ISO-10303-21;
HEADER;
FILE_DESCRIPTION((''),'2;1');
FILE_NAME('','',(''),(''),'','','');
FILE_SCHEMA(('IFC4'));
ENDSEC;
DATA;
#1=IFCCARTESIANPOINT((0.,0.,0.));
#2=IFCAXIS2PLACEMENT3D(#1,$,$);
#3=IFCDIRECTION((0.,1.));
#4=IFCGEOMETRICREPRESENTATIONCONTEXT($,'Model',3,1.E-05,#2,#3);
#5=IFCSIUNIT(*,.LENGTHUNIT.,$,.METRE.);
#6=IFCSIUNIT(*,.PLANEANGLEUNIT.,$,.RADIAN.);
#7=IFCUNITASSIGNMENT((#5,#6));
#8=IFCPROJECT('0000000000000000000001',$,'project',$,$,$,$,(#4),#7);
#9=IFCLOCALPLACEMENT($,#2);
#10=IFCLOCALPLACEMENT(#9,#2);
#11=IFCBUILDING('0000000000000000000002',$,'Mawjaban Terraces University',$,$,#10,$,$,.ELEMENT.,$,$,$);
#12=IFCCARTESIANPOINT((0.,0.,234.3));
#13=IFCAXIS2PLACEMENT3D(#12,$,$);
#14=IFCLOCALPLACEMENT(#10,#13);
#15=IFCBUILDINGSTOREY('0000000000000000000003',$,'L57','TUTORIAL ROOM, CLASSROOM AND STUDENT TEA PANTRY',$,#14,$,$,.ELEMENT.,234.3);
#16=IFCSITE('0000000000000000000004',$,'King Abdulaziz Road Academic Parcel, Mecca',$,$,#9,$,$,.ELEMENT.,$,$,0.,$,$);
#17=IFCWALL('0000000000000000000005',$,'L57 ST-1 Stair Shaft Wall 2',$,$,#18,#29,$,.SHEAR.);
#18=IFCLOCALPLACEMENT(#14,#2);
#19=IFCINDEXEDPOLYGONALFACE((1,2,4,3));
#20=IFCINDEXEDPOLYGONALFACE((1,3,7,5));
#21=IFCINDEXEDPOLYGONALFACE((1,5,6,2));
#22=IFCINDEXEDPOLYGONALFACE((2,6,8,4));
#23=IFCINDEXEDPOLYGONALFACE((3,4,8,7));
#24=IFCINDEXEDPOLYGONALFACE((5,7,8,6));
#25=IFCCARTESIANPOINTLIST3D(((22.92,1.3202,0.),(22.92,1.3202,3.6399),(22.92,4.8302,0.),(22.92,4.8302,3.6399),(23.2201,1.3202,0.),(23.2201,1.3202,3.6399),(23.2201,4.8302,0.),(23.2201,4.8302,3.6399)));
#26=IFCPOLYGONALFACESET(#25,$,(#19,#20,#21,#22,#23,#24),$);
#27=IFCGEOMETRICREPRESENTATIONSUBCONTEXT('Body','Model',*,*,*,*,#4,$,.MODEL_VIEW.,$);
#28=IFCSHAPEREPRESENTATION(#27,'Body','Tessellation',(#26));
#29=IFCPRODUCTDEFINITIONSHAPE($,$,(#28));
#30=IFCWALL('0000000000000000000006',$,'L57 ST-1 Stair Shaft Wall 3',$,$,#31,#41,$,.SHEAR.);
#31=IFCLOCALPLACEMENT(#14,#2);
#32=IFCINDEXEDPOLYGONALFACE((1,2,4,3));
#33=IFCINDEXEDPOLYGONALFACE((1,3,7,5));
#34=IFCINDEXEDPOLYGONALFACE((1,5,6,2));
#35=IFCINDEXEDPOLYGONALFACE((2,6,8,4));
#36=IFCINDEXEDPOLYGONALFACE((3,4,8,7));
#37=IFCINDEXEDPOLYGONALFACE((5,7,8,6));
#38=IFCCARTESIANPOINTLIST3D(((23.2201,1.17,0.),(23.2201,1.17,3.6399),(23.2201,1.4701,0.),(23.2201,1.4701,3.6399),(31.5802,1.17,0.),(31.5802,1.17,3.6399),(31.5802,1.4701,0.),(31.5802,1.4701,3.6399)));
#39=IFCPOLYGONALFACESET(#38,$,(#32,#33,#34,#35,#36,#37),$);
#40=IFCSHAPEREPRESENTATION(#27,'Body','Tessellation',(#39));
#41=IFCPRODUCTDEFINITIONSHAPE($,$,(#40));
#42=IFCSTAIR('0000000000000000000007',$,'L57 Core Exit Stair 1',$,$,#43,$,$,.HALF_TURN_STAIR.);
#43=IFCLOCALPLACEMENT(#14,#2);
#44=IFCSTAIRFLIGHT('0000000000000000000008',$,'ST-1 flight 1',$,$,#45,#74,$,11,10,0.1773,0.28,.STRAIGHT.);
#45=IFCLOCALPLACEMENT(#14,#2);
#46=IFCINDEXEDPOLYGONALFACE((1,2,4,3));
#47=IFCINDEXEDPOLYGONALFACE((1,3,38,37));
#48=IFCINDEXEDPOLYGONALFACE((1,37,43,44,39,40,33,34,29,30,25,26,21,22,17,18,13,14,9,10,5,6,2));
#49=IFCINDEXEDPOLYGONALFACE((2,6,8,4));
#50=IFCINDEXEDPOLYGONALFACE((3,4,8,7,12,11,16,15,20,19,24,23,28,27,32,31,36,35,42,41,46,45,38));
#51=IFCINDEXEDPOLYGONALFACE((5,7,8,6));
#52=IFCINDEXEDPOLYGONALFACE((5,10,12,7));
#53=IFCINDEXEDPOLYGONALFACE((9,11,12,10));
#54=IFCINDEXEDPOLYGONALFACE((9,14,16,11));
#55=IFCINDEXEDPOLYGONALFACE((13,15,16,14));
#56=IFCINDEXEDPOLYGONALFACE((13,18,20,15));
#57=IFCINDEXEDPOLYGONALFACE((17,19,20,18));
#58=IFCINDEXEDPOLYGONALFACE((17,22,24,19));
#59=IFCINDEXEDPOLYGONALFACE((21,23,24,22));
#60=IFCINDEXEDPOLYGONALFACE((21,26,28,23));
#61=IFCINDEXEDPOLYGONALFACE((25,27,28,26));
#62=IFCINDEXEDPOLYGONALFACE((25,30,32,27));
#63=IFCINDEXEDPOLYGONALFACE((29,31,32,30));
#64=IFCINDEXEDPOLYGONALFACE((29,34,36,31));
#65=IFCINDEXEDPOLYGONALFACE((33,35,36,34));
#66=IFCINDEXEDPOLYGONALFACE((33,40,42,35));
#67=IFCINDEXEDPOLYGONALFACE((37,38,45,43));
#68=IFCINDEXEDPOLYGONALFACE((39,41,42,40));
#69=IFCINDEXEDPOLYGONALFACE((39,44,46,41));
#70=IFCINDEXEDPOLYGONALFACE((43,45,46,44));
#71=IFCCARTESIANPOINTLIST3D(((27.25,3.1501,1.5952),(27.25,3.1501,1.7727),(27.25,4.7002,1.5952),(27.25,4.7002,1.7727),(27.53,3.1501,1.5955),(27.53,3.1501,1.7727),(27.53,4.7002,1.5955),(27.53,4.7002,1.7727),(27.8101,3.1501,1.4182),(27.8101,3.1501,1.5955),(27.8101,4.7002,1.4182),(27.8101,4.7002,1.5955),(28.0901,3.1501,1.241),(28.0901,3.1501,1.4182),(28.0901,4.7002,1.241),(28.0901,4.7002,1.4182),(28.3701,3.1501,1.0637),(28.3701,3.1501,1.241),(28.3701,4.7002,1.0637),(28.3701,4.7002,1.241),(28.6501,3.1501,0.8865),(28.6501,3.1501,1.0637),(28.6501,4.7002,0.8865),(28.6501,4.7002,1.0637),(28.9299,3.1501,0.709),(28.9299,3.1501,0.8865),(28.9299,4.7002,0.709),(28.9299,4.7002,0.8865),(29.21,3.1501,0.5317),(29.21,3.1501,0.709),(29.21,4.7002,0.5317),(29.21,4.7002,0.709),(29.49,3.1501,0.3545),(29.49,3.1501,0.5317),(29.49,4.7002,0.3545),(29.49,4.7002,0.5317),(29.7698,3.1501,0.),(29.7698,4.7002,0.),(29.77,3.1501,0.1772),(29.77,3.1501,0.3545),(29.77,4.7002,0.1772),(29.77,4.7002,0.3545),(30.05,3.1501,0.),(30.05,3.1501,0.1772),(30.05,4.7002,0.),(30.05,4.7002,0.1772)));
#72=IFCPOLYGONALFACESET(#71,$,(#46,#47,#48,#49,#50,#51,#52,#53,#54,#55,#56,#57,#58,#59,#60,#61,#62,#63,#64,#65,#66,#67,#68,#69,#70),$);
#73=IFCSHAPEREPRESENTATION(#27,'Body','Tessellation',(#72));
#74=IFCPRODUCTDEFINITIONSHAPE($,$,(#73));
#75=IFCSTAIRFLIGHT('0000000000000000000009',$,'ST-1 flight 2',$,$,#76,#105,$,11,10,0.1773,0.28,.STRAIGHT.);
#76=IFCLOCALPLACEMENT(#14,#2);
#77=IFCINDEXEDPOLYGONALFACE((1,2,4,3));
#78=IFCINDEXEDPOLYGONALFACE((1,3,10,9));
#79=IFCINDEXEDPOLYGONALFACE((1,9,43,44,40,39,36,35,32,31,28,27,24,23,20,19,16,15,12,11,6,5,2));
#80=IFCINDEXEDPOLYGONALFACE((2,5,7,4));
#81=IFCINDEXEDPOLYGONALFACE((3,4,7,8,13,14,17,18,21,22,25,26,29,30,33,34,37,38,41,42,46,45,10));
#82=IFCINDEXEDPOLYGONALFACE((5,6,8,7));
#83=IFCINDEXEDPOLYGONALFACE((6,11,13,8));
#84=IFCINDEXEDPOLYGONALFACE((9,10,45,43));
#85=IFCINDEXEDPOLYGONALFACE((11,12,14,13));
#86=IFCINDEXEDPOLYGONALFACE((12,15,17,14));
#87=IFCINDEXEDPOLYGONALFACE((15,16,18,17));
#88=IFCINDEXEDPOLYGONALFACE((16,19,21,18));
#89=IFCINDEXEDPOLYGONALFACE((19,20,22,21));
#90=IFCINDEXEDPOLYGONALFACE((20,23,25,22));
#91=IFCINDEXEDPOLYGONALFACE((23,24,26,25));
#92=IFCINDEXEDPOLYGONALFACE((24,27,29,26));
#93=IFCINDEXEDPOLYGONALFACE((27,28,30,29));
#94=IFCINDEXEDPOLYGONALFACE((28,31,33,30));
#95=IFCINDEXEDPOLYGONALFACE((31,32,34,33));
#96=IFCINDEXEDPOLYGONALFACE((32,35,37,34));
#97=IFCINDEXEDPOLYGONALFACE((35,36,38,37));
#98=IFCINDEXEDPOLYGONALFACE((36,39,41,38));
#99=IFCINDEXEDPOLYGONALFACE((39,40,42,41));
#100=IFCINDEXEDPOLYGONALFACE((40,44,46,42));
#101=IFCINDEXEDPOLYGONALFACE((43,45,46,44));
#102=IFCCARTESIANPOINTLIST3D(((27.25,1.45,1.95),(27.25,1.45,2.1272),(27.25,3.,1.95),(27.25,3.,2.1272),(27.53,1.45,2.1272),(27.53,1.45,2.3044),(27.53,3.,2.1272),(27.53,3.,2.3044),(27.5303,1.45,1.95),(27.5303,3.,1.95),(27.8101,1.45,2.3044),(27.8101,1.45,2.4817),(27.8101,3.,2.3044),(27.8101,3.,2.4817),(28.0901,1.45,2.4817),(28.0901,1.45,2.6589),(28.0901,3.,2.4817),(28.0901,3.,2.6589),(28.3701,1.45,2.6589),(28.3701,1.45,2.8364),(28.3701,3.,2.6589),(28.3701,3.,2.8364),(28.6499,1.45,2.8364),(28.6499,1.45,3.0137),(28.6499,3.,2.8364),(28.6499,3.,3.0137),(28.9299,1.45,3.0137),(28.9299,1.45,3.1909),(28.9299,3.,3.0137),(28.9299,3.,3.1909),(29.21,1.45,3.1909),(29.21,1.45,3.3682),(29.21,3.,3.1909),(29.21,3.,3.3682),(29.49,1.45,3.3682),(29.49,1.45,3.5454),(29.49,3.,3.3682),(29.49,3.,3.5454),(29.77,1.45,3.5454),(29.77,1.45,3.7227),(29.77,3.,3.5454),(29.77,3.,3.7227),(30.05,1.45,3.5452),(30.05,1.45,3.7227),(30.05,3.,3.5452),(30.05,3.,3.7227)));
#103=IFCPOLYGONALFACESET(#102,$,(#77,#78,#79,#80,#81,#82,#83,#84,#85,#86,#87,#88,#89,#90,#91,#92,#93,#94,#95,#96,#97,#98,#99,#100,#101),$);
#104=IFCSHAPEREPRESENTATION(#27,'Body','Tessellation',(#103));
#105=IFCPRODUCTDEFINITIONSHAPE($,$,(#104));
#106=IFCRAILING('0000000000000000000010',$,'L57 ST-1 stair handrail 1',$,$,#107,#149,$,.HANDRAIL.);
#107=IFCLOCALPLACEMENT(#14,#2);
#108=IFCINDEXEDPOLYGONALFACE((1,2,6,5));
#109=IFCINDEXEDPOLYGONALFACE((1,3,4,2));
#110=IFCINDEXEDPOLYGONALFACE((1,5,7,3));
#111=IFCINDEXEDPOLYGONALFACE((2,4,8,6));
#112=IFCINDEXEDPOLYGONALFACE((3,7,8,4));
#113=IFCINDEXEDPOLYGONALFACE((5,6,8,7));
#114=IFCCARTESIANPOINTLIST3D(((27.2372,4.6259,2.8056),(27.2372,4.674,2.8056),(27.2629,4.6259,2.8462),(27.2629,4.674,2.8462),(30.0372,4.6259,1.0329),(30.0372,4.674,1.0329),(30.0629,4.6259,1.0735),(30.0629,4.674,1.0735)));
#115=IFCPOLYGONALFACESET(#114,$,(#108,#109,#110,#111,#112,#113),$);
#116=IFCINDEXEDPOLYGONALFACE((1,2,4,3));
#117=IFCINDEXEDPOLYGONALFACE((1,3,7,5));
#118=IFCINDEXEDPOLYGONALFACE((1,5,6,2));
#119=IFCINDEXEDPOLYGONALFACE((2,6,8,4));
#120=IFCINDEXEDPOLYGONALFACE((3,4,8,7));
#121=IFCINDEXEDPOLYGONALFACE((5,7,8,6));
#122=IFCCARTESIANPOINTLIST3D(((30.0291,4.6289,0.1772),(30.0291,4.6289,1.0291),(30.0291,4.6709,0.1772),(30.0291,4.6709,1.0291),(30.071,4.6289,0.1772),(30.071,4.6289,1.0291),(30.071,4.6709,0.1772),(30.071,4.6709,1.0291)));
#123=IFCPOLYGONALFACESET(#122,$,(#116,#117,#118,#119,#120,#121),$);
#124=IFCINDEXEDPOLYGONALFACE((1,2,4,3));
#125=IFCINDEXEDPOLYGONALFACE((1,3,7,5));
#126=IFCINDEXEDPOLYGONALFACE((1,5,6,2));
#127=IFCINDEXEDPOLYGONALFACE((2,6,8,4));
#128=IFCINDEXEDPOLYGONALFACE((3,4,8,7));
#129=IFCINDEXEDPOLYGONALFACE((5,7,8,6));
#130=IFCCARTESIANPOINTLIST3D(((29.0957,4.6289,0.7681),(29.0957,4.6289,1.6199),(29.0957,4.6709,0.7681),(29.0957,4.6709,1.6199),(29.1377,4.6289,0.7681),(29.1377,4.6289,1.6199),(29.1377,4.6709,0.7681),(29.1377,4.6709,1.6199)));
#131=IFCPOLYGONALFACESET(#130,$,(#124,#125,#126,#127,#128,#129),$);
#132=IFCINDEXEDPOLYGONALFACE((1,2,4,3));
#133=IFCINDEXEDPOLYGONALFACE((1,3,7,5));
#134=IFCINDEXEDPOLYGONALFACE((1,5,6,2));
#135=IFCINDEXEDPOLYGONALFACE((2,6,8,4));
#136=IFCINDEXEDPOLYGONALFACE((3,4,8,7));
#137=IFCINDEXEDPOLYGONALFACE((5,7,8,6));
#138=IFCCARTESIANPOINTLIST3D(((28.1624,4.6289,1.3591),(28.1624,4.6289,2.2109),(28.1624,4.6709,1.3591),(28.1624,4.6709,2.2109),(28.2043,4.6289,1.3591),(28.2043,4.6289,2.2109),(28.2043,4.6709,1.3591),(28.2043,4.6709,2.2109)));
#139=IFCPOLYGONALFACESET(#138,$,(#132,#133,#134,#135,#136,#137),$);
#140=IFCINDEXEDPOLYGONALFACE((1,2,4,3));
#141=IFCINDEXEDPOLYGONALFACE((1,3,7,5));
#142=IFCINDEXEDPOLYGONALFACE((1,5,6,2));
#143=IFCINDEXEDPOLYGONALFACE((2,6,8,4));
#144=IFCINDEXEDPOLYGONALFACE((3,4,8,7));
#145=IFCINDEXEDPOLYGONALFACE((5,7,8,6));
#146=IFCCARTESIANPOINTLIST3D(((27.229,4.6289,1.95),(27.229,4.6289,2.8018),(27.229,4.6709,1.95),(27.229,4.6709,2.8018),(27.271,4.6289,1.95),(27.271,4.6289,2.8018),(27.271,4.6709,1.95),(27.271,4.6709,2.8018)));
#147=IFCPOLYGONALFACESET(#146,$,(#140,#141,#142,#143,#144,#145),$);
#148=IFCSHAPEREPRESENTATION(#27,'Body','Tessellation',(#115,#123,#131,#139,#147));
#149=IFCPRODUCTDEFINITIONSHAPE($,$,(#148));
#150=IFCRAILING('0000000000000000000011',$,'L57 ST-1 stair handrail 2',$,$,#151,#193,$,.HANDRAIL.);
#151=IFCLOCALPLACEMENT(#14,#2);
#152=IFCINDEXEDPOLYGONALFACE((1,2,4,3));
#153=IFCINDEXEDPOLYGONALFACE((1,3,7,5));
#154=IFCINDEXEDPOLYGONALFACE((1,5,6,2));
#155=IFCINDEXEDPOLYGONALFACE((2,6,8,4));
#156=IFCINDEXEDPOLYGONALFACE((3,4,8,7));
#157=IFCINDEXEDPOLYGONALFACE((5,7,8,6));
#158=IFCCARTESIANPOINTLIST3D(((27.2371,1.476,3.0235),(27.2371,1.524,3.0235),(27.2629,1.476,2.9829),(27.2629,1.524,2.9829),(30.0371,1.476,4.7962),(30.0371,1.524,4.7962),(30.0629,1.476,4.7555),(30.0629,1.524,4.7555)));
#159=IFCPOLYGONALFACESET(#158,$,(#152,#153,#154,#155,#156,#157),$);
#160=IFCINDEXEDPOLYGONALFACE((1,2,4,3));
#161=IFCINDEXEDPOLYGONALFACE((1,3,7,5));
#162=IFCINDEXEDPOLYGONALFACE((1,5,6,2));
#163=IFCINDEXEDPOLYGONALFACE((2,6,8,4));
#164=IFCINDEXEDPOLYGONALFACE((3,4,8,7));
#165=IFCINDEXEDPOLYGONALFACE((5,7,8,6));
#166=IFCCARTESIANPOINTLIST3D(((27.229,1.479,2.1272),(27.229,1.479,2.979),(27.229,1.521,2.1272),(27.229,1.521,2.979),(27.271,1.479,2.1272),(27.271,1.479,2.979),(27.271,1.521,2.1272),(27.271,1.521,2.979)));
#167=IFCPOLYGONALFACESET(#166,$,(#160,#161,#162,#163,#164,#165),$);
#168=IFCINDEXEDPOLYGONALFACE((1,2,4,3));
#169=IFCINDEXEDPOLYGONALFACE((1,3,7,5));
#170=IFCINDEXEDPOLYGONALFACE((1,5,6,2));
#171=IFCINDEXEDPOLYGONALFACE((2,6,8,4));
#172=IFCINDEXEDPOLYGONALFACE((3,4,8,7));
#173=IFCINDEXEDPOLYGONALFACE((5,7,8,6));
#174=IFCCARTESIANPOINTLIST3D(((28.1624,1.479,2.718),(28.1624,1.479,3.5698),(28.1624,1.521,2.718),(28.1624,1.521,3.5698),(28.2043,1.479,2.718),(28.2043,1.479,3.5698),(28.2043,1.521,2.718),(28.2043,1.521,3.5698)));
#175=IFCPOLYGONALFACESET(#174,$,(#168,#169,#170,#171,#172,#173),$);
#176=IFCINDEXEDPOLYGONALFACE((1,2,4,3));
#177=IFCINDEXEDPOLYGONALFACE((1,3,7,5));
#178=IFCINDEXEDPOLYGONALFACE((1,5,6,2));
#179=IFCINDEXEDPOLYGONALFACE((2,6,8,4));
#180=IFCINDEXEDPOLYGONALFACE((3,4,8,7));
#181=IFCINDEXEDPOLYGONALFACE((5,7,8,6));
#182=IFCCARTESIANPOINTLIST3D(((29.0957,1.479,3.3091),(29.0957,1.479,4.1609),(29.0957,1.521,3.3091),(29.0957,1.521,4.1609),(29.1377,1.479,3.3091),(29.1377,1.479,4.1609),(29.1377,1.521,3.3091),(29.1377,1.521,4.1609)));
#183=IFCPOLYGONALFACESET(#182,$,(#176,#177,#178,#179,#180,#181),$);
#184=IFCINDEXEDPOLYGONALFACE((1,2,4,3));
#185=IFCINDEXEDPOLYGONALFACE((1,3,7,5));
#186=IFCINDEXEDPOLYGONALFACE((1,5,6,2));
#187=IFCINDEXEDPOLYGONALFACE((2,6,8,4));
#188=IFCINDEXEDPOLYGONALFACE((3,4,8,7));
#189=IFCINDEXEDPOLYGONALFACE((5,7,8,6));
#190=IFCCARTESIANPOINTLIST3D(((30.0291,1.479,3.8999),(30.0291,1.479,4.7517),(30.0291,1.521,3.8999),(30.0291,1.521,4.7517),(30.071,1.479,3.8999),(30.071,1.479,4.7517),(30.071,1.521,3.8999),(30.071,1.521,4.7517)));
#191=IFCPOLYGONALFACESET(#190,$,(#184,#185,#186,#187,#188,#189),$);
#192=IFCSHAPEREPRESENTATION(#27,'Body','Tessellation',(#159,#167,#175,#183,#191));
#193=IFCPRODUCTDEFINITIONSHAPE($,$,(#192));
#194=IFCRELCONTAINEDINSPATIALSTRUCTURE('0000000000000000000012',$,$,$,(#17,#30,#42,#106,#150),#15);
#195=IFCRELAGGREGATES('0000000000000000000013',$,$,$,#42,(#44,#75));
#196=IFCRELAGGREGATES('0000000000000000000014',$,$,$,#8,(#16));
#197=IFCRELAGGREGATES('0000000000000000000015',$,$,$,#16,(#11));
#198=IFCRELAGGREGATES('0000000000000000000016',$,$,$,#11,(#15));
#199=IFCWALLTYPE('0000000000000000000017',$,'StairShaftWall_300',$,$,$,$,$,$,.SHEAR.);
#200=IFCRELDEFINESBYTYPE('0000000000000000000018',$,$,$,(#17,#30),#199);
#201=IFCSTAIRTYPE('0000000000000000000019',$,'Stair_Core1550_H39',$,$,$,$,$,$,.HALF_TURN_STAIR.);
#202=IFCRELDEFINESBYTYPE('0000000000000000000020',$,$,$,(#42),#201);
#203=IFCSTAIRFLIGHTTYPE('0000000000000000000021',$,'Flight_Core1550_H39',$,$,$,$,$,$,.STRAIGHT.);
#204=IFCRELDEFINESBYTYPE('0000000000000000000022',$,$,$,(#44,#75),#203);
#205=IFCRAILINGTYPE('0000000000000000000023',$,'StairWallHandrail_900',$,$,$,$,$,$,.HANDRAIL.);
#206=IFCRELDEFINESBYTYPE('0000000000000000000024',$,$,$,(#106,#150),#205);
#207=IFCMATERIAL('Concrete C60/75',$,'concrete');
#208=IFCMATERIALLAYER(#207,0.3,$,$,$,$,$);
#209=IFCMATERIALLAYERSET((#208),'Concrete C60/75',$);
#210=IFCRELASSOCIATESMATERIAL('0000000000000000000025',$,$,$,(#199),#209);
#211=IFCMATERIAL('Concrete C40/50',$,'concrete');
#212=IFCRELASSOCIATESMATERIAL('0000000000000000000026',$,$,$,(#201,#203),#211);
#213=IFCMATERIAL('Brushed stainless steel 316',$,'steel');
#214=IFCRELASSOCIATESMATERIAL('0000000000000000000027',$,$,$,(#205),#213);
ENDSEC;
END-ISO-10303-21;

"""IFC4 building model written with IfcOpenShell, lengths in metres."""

from ifc_helpers import new_model, si_unit, direction, frame, frame_2d, origin, origin_2d, place, context, subcontext, project, spatial, polyline, rectangle, outline, extrude, material, layer, layer_set, type_object, element, aggregate, save


model = new_model("IFC4")

# Units and contexts
model_context = context("Model", 3, precision=1e-05, world=origin(), true_north=direction((0.0, 1.0)))
body_context = subcontext(model_context, "Body", "Model", "MODEL_VIEW")
ifc_project = project(units=[si_unit("LENGTHUNIT", "METRE"), si_unit("PLANEANGLEUNIT", "RADIAN")], contexts=[model_context])

# Site, building, storey
site_placement = place(None, origin())
site = spatial("IfcSite", under=ifc_project, at=site_placement, Name="King Abdulaziz Road Academic Parcel, Mecca", CompositionType="ELEMENT", RefElevation=0.0)
building_placement = place(site_placement, origin())
building = spatial("IfcBuilding", under=site, at=building_placement, Name="Mawjaban Terraces University", CompositionType="ELEMENT")
storey_placement = place(building_placement, frame((0.0, 0.0, 234.3)))
storey = spatial("IfcBuildingStorey", under=building, at=storey_placement, Name="L57", Description="TUTORIAL ROOM, CLASSROOM AND STUDENT TEA PANTRY", CompositionType="ELEMENT", Elevation=234.3)

# Shared definitions
ifc_material_1 = material(Name="Concrete C60/75", Category="concrete")

# Walls
ifc_material_2 = material(Name="Concrete C40/50", Category="concrete")
ifc_layer_1 = layer(ifc_material_1, 0.3)
ifc_layer_set_1 = layer_set([ifc_layer_1], Name="Concrete C60/75")
wall_type_1 = type_object("IfcWallType", Name="StairShaftWall_300", PredefinedType="SHEAR", material=ifc_layer_set_1)
wall_1_placement = place(storey_placement, frame((23.0701, 4.8301, 0.0), z_axis=(0.0, 0.0, 1.0), x_axis=(0.0, -1.0, 0.0)))
element("IfcWall", 1, at=wall_1_placement, inside=storey, type_object=wall_type_1, Name="L57 ST-1 Stair Shaft Wall 2", PredefinedType="SHEAR", context=body_context, shape_type="SweptSolid", body=[
    extrude(rectangle(XDim=3.51, YDim=0.3, at=frame_2d((1.7549, 0.0))), origin(), (0.0, 0.0, 1.0), 3.6399),
])
wall_2_placement = place(storey_placement, frame((23.22, 1.3201, 0.0), z_axis=(0.0, 0.0, 1.0), x_axis=(1.0, 0.0, 0.0)))
element("IfcWall", 2, at=wall_2_placement, inside=storey, type_object=wall_type_1, Name="L57 ST-1 Stair Shaft Wall 3", PredefinedType="SHEAR", context=body_context, shape_type="SweptSolid", body=[
    extrude(rectangle(XDim=8.3601, YDim=0.3, at=frame_2d((4.1802, 0.0))), origin(), (0.0, 0.0, 1.0), 3.6399),
])

# Stair, stair flights
stair_type = type_object("IfcStairType", Name="Stair_Core1550_H39", PredefinedType="HALF_TURN_STAIR", material=ifc_material_2)
stair_placement = place(storey_placement, origin())
stair = element("IfcStair", 3, at=stair_placement, inside=storey, type_object=stair_type, Name="L57 Core Exit Stair 1", PredefinedType="HALF_TURN_STAIR")
stair_flight_type = type_object("IfcStairFlightType", Name="Flight_Core1550_H39", PredefinedType="STRAIGHT", material=ifc_material_2)
stair_flight_1_placement = place(storey_placement, frame((30.05, 3.925, 0.0), z_axis=(0.0, 0.0, 1.0), x_axis=(-1.0, 0.0, 0.0)))
stair_flight_1 = element("IfcStairFlight", 4, at=stair_flight_1_placement, type_object=stair_flight_type, Name="ST-1 flight 1", NumberOfRisers=11, NumberOfTreads=10, PredefinedType="STRAIGHT", RiserHeight=0.1773, TreadLength=0.28, context=body_context, shape_type="SweptSolid", body=[
    extrude(outline(polyline([(0.0, 0.0), (0.0, 0.1772), (0.28, 0.1772), (0.28, 0.3545), (0.5601, 0.3545), (0.5601, 0.5317), (0.8401, 0.5317), (0.8401, 0.709), (1.1201, 0.709), (1.1201, 0.8865), (1.3999, 0.8865), (1.3999, 1.0637), (1.6799, 1.0637), (1.6799, 1.241), (1.96, 1.241), (1.96, 1.4182), (2.24, 1.4182), (2.24, 1.5955), (2.52, 1.5955), (2.52, 1.7727), (2.8, 1.7727), (2.8, 1.95), (2.8, 1.5952), (0.2803, 0.0), (0.0, 0.0)])), frame((0.0, 0.7749, 0.0), z_axis=(0.0, -1.0, 0.0), x_axis=(1.0, 0.0, 0.0)), (0.0, 0.0, 1.0), 1.55),
])
stair_flight_2_placement = place(storey_placement, frame((27.25, 2.2251, 1.95), z_axis=(0.0, 0.0, 1.0), x_axis=(1.0, 0.0, 0.0)))
stair_flight_2 = element("IfcStairFlight", 5, at=stair_flight_2_placement, type_object=stair_flight_type, Name="ST-1 flight 2", NumberOfRisers=11, NumberOfTreads=10, PredefinedType="STRAIGHT", RiserHeight=0.1773, TreadLength=0.28, context=body_context, shape_type="SweptSolid", body=[
    extrude(outline(polyline([(0.0, 0.0), (0.0, 0.1772), (0.28, 0.1772), (0.28, 0.3545), (0.5601, 0.3545), (0.5601, 0.5317), (0.8401, 0.5317), (0.8401, 0.709), (1.1201, 0.709), (1.1201, 0.8865), (1.3999, 0.8865), (1.3999, 1.0637), (1.6799, 1.0637), (1.6799, 1.241), (1.96, 1.241), (1.96, 1.4182), (2.24, 1.4182), (2.24, 1.5955), (2.52, 1.5955), (2.52, 1.7727), (2.8, 1.7727), (2.8, 1.95), (2.8, 1.5952), (0.2803, 0.0), (0.0, 0.0)])), frame((0.0, 0.7749, 0.0), z_axis=(0.0, -1.0, 0.0), x_axis=(1.0, 0.0, 0.0)), (0.0, 0.0, 1.0), 1.55),
])
aggregate(stair, [stair_flight_1, stair_flight_2])

# Railings
ifc_material_3 = material(Name="Brushed stainless steel 316", Category="steel")
railing_type_1 = type_object("IfcRailingType", Name="StairWallHandrail_900", PredefinedType="HANDRAIL", material=ifc_material_3)
railing_1_placement = place(storey_placement, frame((30.05, 4.6499, 0.1772)))
element("IfcRailing", 6, at=railing_1_placement, inside=storey, type_object=railing_type_1, Name="L57 ST-1 stair handrail 1", PredefinedType="HANDRAIL", context=body_context, shape_type="SweptSolid", body=[
    extrude(rectangle(XDim=0.0481, YDim=0.0481, at=origin_2d()), frame((0.0, 0.0, 0.876), z_axis=(-0.844909, 0.0, 0.53491), x_axis=(0.0, -1.0, 0.0)), (0.0, 0.0, 1.0), 3.314),
    extrude(rectangle(XDim=0.042, YDim=0.042, at=origin_2d()), origin(), (0.0, 0.0, 1.0), 0.8518),
    extrude(rectangle(XDim=0.042, YDim=0.042, at=origin_2d()), frame((-0.9333, 0.0, 0.5908)), (0.0, 0.0, 1.0), 0.8518),
    extrude(rectangle(XDim=0.042, YDim=0.042, at=origin_2d()), frame((-1.8667, 0.0, 1.1819)), (0.0, 0.0, 1.0), 0.8518),
    extrude(rectangle(XDim=0.042, YDim=0.042, at=origin_2d()), frame((-2.8, 0.0, 1.7727)), (0.0, 0.0, 1.0), 0.8518),
])
railing_2_placement = place(storey_placement, frame((27.25, 1.5, 2.1272)))
element("IfcRailing", 7, at=railing_2_placement, inside=storey, type_object=railing_type_1, Name="L57 ST-1 stair handrail 2", PredefinedType="HANDRAIL", context=body_context, shape_type="SweptSolid", body=[
    extrude(rectangle(XDim=0.0481, YDim=0.0481, at=origin_2d()), frame((0.0, 0.0, 0.876), z_axis=(0.844909, 0.0, 0.53491), x_axis=(0.0, 1.0, 0.0)), (0.0, 0.0, 1.0), 3.314),
    extrude(rectangle(XDim=0.042, YDim=0.042, at=origin_2d()), origin(), (0.0, 0.0, 1.0), 0.8518),
    extrude(rectangle(XDim=0.042, YDim=0.042, at=origin_2d()), frame((0.9333, 0.0, 0.5908)), (0.0, 0.0, 1.0), 0.8518),
    extrude(rectangle(XDim=0.042, YDim=0.042, at=origin_2d()), frame((1.8667, 0.0, 1.1819)), (0.0, 0.0, 1.0), 0.8518),
    extrude(rectangle(XDim=0.042, YDim=0.042, at=origin_2d()), frame((2.8, 0.0, 1.7727)), (0.0, 0.0, 1.0), 0.8518),
])

save(model, "model.ifc")
